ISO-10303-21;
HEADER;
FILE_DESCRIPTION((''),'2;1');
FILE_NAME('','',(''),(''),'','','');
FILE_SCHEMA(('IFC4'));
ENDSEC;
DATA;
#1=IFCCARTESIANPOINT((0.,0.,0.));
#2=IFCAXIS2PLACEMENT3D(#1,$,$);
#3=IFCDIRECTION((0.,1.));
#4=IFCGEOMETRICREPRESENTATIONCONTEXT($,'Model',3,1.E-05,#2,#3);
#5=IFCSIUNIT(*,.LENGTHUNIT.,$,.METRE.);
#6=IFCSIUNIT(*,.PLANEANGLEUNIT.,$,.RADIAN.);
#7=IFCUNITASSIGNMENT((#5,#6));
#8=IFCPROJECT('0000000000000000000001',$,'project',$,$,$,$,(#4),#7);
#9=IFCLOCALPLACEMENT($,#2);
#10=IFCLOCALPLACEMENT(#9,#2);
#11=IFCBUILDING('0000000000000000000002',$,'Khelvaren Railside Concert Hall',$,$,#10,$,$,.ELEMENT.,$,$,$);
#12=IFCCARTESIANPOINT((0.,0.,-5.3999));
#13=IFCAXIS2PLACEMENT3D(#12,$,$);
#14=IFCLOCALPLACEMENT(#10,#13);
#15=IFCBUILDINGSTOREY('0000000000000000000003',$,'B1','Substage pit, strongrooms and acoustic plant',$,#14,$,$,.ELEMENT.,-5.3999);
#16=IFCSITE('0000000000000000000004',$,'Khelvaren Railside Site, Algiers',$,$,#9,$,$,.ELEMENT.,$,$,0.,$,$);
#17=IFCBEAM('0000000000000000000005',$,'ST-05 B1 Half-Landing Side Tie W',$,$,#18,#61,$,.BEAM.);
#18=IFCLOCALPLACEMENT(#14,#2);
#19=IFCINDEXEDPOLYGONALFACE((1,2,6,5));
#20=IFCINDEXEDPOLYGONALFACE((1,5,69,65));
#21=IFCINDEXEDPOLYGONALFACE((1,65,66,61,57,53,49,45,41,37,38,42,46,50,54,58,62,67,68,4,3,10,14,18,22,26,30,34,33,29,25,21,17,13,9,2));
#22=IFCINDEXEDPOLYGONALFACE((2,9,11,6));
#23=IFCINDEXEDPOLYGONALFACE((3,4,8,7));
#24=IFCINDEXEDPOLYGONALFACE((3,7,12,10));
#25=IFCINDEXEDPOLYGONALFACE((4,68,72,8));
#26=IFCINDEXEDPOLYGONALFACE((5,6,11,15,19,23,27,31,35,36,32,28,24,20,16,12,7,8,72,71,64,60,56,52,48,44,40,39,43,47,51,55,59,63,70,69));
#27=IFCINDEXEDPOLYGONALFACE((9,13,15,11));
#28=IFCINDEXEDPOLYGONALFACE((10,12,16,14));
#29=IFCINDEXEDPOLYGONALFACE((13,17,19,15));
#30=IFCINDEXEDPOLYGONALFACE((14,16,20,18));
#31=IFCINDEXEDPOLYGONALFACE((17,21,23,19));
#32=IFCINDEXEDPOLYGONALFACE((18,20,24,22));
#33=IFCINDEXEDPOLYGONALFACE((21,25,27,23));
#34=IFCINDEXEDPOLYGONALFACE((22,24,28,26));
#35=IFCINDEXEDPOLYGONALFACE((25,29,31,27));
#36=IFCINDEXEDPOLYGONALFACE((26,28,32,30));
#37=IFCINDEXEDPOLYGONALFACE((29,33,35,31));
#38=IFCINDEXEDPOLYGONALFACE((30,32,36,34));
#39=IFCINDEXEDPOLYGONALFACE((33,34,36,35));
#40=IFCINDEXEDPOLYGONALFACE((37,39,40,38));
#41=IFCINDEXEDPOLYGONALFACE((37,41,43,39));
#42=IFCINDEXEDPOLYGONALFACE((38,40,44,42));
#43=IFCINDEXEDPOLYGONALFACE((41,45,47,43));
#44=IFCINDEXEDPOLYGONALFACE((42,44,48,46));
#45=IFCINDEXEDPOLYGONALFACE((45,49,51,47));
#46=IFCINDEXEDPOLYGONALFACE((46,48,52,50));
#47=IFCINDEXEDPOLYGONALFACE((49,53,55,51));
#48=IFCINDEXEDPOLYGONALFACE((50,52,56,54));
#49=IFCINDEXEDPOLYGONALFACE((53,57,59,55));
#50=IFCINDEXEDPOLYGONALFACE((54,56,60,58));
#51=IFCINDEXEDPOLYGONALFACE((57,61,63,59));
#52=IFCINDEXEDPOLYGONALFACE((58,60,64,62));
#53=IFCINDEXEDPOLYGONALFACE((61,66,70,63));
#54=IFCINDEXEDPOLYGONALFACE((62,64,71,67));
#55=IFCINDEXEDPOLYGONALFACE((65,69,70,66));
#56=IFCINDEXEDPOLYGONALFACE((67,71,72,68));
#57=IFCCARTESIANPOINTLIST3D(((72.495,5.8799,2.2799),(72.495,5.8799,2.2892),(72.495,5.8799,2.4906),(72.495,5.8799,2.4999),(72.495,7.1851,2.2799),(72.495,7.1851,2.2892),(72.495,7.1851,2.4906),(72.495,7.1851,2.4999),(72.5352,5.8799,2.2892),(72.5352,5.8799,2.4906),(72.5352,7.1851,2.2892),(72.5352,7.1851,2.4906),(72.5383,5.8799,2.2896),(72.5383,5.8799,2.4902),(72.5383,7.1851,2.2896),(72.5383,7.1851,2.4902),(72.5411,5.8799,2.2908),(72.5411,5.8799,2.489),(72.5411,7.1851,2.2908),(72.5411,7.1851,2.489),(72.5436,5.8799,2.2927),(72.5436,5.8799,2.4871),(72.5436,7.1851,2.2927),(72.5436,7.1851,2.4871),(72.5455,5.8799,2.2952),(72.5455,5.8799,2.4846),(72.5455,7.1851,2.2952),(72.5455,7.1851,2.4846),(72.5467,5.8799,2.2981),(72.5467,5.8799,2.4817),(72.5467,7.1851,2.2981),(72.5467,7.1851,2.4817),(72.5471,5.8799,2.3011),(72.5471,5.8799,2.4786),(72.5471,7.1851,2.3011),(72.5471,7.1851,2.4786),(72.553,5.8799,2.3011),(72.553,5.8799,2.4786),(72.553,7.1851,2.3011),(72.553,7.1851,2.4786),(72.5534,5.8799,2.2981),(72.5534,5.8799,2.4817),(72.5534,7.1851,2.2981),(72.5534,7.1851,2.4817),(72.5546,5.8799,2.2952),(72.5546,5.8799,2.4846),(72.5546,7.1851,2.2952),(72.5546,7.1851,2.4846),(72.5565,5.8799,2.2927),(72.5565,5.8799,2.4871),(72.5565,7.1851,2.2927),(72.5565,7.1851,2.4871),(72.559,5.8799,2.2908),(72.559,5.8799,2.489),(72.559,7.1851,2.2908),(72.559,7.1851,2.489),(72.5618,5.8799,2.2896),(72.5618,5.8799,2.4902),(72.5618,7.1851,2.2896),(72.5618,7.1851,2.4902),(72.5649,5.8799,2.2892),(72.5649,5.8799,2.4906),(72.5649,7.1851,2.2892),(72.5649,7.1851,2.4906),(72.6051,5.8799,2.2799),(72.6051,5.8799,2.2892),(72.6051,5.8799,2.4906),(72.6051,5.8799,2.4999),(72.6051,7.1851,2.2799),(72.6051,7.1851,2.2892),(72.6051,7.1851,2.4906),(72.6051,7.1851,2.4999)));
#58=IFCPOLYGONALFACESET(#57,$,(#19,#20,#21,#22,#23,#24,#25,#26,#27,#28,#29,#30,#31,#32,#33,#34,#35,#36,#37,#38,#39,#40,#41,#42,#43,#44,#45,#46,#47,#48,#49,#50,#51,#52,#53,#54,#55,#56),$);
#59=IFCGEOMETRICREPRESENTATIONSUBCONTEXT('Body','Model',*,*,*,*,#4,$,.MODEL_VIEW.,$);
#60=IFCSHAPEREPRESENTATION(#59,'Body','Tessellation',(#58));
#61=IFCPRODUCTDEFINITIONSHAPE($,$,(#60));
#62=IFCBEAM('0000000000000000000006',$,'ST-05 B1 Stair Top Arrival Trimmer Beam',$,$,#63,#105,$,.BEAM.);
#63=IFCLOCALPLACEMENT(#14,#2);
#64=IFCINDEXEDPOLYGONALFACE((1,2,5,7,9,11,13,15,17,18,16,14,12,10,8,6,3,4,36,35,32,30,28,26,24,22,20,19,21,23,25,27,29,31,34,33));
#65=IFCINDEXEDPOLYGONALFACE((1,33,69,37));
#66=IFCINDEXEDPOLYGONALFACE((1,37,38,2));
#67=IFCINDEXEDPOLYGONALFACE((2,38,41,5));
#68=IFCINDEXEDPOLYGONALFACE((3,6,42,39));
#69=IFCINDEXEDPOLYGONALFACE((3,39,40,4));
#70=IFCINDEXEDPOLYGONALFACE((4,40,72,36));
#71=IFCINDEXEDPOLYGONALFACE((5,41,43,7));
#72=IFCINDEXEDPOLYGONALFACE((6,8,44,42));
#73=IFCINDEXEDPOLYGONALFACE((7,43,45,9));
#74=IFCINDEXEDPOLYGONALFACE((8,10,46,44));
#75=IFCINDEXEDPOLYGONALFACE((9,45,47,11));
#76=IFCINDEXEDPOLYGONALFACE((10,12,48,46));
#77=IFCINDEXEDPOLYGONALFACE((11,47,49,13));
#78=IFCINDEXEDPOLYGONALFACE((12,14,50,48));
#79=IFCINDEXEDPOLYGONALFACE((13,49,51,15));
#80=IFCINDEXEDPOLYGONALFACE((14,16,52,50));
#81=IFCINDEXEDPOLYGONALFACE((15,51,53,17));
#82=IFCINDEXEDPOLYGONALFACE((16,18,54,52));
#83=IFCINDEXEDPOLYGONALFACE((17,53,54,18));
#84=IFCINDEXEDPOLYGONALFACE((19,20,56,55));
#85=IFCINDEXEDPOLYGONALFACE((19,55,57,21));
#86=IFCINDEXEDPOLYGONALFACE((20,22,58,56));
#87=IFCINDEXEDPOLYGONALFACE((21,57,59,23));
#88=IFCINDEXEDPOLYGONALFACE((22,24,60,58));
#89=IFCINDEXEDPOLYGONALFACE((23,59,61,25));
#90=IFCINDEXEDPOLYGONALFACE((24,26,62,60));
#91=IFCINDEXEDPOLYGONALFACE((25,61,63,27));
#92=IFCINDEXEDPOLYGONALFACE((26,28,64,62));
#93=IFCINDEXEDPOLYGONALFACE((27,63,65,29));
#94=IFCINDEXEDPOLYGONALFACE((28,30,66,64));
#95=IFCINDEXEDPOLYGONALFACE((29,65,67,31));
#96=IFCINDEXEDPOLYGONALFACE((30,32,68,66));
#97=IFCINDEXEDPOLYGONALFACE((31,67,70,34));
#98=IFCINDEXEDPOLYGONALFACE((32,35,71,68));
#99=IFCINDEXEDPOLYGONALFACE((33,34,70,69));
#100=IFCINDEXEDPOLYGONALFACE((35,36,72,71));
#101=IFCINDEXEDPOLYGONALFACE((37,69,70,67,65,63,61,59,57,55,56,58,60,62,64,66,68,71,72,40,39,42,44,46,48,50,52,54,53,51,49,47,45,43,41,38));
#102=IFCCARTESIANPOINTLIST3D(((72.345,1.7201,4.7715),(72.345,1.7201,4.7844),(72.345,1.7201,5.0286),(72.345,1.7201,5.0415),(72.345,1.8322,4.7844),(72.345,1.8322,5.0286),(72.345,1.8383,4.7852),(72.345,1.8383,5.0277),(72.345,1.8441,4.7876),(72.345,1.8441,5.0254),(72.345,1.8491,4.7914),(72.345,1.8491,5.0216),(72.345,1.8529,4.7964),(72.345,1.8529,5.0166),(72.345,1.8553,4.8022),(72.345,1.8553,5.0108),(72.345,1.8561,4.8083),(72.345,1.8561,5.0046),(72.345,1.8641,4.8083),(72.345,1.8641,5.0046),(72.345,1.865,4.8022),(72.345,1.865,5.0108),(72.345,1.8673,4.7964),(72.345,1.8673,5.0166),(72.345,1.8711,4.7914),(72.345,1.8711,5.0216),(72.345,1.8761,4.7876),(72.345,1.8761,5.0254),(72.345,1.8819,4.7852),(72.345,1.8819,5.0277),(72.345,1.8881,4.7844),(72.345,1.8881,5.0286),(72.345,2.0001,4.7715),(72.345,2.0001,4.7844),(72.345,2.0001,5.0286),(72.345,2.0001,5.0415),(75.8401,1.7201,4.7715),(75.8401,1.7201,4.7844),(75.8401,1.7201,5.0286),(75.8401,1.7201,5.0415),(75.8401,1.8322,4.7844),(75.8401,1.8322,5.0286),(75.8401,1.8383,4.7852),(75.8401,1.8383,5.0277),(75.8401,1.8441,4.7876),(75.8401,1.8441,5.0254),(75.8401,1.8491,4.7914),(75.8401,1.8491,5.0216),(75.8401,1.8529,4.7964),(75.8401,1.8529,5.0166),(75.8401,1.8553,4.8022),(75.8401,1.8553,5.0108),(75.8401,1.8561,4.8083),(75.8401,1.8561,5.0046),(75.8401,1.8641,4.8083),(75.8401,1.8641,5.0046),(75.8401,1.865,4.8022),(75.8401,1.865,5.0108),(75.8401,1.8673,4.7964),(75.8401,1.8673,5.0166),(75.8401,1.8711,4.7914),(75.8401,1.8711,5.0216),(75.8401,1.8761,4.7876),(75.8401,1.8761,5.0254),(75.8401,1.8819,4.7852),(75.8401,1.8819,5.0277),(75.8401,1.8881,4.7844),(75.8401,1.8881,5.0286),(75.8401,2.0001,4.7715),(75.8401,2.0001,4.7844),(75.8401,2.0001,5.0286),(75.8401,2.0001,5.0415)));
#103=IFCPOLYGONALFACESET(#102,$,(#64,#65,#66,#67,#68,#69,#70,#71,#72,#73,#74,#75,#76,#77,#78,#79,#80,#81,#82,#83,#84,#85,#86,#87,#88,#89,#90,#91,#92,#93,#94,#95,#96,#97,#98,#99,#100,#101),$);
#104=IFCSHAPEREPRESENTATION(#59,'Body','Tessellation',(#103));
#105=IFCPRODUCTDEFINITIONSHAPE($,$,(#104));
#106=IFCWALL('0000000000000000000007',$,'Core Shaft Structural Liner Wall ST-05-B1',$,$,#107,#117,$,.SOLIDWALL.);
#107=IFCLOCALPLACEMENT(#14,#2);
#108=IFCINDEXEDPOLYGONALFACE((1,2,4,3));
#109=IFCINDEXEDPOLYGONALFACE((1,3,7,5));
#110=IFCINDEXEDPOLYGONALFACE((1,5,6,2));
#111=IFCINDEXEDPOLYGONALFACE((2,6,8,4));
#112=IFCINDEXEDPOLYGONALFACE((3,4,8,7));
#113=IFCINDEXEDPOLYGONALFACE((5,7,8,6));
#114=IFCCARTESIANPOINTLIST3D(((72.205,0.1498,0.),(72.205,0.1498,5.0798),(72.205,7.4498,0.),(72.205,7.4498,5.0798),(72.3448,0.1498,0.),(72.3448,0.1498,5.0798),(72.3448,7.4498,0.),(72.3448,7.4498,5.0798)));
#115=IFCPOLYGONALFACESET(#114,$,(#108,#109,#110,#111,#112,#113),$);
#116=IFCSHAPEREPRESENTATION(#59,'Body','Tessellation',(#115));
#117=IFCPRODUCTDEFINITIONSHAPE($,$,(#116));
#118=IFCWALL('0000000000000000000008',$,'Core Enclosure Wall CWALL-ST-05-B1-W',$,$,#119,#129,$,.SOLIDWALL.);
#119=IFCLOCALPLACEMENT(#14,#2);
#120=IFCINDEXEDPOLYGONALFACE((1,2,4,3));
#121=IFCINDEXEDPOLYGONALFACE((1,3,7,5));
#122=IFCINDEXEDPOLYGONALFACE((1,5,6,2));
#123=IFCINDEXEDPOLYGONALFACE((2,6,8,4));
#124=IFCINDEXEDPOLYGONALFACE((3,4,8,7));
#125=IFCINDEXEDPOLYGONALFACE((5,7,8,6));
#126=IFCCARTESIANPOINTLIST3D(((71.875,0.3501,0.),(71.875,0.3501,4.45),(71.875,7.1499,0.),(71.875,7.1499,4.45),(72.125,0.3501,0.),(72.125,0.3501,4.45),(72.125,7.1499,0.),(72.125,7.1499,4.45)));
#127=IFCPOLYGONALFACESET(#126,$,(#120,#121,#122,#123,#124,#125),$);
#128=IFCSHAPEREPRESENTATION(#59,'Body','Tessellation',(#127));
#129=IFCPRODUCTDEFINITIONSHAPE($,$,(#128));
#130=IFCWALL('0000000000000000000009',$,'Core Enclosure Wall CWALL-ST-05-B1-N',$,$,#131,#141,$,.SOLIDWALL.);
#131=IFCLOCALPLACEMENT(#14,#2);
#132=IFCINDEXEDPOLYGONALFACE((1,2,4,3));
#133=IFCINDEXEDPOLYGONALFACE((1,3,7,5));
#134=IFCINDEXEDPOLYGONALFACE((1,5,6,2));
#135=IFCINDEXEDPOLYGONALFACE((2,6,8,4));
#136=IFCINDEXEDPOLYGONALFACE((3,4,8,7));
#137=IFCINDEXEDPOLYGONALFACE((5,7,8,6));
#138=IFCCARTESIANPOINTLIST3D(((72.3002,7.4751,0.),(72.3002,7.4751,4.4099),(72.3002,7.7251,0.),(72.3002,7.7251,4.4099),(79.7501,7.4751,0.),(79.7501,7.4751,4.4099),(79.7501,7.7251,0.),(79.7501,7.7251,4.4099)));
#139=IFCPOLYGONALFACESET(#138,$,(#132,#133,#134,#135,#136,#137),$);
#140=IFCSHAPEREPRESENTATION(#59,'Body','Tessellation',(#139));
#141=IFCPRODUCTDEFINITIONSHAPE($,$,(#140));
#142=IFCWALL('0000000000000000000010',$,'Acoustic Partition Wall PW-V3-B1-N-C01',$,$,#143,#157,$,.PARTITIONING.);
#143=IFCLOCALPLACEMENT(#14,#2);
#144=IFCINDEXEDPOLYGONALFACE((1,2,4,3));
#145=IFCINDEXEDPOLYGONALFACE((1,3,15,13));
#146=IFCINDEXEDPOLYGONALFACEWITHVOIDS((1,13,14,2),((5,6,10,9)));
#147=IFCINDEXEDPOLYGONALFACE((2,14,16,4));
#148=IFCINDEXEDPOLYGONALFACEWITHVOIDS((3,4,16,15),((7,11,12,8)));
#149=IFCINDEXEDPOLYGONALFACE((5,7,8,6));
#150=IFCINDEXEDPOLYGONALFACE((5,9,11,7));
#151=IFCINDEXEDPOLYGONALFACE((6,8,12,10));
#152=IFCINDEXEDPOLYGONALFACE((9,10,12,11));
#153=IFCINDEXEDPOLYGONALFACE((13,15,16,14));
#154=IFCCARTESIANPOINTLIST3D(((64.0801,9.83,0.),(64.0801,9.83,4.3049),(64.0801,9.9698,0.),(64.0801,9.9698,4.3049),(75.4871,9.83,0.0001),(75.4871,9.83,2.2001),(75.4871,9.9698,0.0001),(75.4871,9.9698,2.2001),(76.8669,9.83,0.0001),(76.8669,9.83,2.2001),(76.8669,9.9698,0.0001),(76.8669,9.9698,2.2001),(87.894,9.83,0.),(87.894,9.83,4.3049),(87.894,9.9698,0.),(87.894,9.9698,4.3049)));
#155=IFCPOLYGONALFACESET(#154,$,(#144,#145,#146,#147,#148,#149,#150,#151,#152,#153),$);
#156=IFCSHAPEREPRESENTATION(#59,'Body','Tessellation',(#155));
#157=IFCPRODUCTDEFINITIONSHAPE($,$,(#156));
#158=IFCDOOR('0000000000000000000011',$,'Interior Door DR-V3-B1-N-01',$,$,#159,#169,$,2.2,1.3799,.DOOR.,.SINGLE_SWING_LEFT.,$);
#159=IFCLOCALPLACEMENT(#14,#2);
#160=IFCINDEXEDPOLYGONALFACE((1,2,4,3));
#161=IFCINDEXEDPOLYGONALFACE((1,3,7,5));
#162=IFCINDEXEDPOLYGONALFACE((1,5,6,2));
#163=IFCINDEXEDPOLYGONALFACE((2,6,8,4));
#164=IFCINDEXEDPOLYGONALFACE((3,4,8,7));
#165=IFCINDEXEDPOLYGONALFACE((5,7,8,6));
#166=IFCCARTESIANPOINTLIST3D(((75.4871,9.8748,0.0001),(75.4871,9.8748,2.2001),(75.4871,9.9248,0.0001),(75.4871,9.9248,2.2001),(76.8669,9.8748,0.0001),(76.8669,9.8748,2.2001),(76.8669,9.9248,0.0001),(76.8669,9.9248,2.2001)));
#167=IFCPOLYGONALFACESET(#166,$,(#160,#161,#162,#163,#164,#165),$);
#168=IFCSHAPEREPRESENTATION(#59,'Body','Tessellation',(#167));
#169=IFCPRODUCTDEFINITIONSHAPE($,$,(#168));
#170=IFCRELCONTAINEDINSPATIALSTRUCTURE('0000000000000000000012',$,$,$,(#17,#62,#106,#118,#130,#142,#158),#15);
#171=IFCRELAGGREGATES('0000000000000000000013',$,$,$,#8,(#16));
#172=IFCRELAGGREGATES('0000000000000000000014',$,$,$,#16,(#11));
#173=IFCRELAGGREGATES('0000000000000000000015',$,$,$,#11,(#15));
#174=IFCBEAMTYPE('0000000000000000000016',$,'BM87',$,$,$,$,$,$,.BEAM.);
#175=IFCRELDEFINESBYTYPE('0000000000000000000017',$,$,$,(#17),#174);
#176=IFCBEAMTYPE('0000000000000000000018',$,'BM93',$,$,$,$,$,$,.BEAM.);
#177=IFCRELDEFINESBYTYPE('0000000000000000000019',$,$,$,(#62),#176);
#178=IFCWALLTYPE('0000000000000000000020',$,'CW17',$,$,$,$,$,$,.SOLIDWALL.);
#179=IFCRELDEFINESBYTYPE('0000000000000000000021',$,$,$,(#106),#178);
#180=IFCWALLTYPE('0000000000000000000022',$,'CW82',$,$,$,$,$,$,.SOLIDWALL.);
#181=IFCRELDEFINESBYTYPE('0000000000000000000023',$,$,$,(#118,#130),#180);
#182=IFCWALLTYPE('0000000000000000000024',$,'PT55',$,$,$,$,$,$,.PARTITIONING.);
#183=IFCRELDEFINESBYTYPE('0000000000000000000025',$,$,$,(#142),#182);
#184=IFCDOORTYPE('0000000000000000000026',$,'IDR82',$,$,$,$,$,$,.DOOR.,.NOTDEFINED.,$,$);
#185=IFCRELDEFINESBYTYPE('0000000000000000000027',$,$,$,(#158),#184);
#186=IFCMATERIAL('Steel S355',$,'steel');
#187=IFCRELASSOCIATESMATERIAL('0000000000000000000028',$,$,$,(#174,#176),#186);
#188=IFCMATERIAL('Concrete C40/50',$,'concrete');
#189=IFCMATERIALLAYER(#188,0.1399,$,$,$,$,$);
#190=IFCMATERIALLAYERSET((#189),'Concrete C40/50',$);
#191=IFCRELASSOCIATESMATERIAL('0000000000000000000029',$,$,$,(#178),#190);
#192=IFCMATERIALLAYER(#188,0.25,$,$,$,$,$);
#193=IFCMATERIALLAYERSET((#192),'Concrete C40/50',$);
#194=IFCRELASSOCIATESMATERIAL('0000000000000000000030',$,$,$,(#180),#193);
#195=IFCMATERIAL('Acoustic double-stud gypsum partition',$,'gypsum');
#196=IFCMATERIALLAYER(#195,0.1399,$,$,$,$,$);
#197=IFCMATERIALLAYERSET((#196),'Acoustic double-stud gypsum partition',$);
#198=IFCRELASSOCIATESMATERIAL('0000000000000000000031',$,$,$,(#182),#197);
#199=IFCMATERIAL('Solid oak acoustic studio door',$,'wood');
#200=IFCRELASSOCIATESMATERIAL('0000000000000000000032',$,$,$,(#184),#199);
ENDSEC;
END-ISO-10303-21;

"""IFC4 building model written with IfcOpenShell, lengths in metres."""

from ifc_helpers import new_model, si_unit, direction, frame, frame_2d, origin, origin_2d, place, context, subcontext, project, spatial, rectangle, i_section, extrude, material, layer, layer_set, material_profile, profile_set, type_object, element, fill, save


model = new_model("IFC4")

# Units and contexts
model_context = context("Model", 3, precision=1e-05, world=origin(), true_north=direction((0.0, 1.0)))
body_context = subcontext(model_context, "Body", "Model", "MODEL_VIEW")
ifc_project = project(units=[si_unit("LENGTHUNIT", "METRE"), si_unit("PLANEANGLEUNIT", "RADIAN")], contexts=[model_context])

# Site, building, storey
site_placement = place(None, origin())
site = spatial("IfcSite", under=ifc_project, at=site_placement, Name="Khelvaren Railside Site, Algiers", CompositionType="ELEMENT", RefElevation=0.0)
building_placement = place(site_placement, origin())
building = spatial("IfcBuilding", under=site, at=building_placement, Name="Khelvaren Railside Concert Hall", CompositionType="ELEMENT")
storey_placement = place(building_placement, frame((0.0, 0.0, -5.3999)))
storey = spatial("IfcBuildingStorey", under=building, at=storey_placement, Name="B1", Description="Substage pit, strongrooms and acoustic plant", CompositionType="ELEMENT", Elevation=-5.3999)

# Beams
ifc_material_1 = material(Name="Steel S355", Category="steel")
ifc_material_profile_1 = material_profile(ifc_material_1, i_section(OverallWidth=0.1101, OverallDepth=0.22, WebThickness=0.0059, FlangeThickness=0.0093, FilletRadius=0.012, at=origin_2d()), Name="IPE 220")
ifc_profile_set_1 = profile_set([ifc_material_profile_1], Name="Steel S355")
beam_type_1 = type_object("IfcBeamType", Name="BM87", PredefinedType="BEAM", material=ifc_profile_set_1)
beam_1_placement = place(storey_placement, frame((72.55, 5.8799, 2.3899), z_axis=(0.0, 1.0, 0.0), x_axis=(-1.0, 0.0, 0.0)))
element("IfcBeam", 1, at=beam_1_placement, inside=storey, type_object=beam_type_1, Name="ST-05 B1 Half-Landing Side Tie W", PredefinedType="BEAM", context=body_context, shape_type="SweptSolid", body=[
    extrude(i_section(OverallWidth=0.1101, OverallDepth=0.22, WebThickness=0.0059, FlangeThickness=0.0093, FilletRadius=0.012, at=origin_2d()), origin(), (0.0, 0.0, 1.0), 1.3052),
])
ifc_material_profile_2 = material_profile(ifc_material_1, i_section(OverallWidth=0.28, OverallDepth=0.27, WebThickness=0.0081, FlangeThickness=0.0129, FilletRadius=0.0239, at=origin_2d()), Name="HEA 280")
ifc_profile_set_2 = profile_set([ifc_material_profile_2], Name="Steel S355")
beam_type_2 = type_object("IfcBeamType", Name="BM93", PredefinedType="BEAM", material=ifc_profile_set_2)
beam_2_placement = place(storey_placement, frame((72.345, 1.8601, 4.9065), z_axis=(1.0, 0.0, 0.0), x_axis=(0.0, 1.0, 0.0)))
element("IfcBeam", 2, at=beam_2_placement, inside=storey, type_object=beam_type_2, Name="ST-05 B1 Stair Top Arrival Trimmer Beam", PredefinedType="BEAM", context=body_context, shape_type="SweptSolid", body=[
    extrude(i_section(OverallWidth=0.28, OverallDepth=0.27, WebThickness=0.0081, FlangeThickness=0.0129, FilletRadius=0.0239, at=origin_2d()), origin(), (0.0, 0.0, 1.0), 3.4951),
])

# Walls
ifc_material_2 = material(Name="Concrete C40/50", Category="concrete")
ifc_layer_1 = layer(ifc_material_2, 0.1399)
ifc_layer_set_1 = layer_set([ifc_layer_1], Name="Concrete C40/50")
wall_type_1 = type_object("IfcWallType", Name="CW17", PredefinedType="SOLIDWALL", material=ifc_layer_set_1)
wall_1_placement = place(storey_placement, frame((72.2749, 0.1499, 0.0), z_axis=(0.0, 0.0, 1.0), x_axis=(0.0, 1.0, 0.0)))
element("IfcWall", 3, at=wall_1_placement, inside=storey, type_object=wall_type_1, Name="Core Shaft Structural Liner Wall ST-05-B1", PredefinedType="SOLIDWALL", context=body_context, shape_type="SweptSolid", body=[
    extrude(rectangle(XDim=7.3, YDim=0.1399, at=frame_2d((3.6499, 0.0))), origin(), (0.0, 0.0, 1.0), 5.0798),
])
ifc_layer_2 = layer(ifc_material_2, 0.25)
ifc_layer_set_2 = layer_set([ifc_layer_2], Name="Concrete C40/50")
wall_type_2 = type_object("IfcWallType", Name="CW82", PredefinedType="SOLIDWALL", material=ifc_layer_set_2)
wall_2_placement = place(storey_placement, frame((72.0, 0.3501, 0.0), z_axis=(0.0, 0.0, 1.0), x_axis=(0.0, 1.0, 0.0)))
element("IfcWall", 4, at=wall_2_placement, inside=storey, type_object=wall_type_2, Name="Core Enclosure Wall CWALL-ST-05-B1-W", PredefinedType="SOLIDWALL", context=body_context, shape_type="SweptSolid", body=[
    extrude(rectangle(XDim=6.7998, YDim=0.25, at=frame_2d((3.3999, 0.0))), origin(), (0.0, 0.0, 1.0), 4.45),
])
wall_3_placement = place(storey_placement, frame((72.3, 7.6001, 0.0), z_axis=(0.0, 0.0, 1.0), x_axis=(1.0, 0.0, 0.0)))
element("IfcWall", 5, at=wall_3_placement, inside=storey, type_object=wall_type_2, Name="Core Enclosure Wall CWALL-ST-05-B1-N", PredefinedType="SOLIDWALL", context=body_context, shape_type="SweptSolid", body=[
    extrude(rectangle(XDim=7.45, YDim=0.25, at=frame_2d((3.7251, 0.0))), origin(), (0.0, 0.0, 1.0), 4.4099),
])

# Wall, opening, door
ifc_material_3 = material(Name="Acoustic double-stud gypsum partition", Category="gypsum")
ifc_layer_3 = layer(ifc_material_3, 0.1399)
ifc_layer_set_3 = layer_set([ifc_layer_3], Name="Acoustic double-stud gypsum partition")
wall_type_3 = type_object("IfcWallType", Name="PT55", PredefinedType="PARTITIONING", material=ifc_layer_set_3)
wall_4_placement = place(storey_placement, frame((64.0801, 9.8999, 0.0), z_axis=(0.0, 0.0, 1.0), x_axis=(1.0, 0.0, 0.0)))
wall_4 = element("IfcWall", 6, at=wall_4_placement, inside=storey, type_object=wall_type_3, Name="Acoustic Partition Wall PW-V3-B1-N-C01", PredefinedType="PARTITIONING", context=body_context, shape_type="SweptSolid", body=[
    extrude(rectangle(XDim=23.814, YDim=0.1399, at=frame_2d((11.907, 0.0))), origin(), (0.0, 0.0, 1.0), 4.3049),
])
opening_1_placement = place(wall_4_placement, frame((11.407, 0.0, 0.0)))
opening_1 = element("IfcOpeningElement", 7, at=opening_1_placement, cuts=wall_4, PredefinedType="OPENING", context=body_context, shape_type="SweptSolid", body=[
    extrude(rectangle(XDim=1.3799, YDim=2.2, at=frame_2d((0.6899, 1.1001))), frame((0.0, 0.0798, 0.0), z_axis=(0.0, -1.0, 0.0), x_axis=(1.0, 0.0, 0.0)), (0.0, 0.0, 1.0), 0.1599),
])
ifc_material_4 = material(Name="Solid oak acoustic studio door", Category="wood")
door_type_1 = type_object("IfcDoorType", Name="IDR82", OperationType="NOTDEFINED", PredefinedType="DOOR", material=ifc_material_4)
door_1_placement = place(opening_1_placement, origin())
door_1 = element("IfcDoor", 8, at=door_1_placement, inside=storey, type_object=door_type_1, Name="Interior Door DR-V3-B1-N-01", OperationType="SINGLE_SWING_LEFT", OverallHeight=2.2, OverallWidth=1.3799, PredefinedType="DOOR", context=body_context, shape_type="SweptSolid", body=[
    extrude(rectangle(XDim=1.3799, YDim=2.2, at=frame_2d((0.6899, 1.1001))), frame((0.0, 0.0249, 0.0), z_axis=(0.0, -1.0, 0.0), x_axis=(1.0, 0.0, 0.0)), (0.0, 0.0, 1.0), 0.05),
])
fill(opening_1, door_1)

save(model, "model.ifc")
